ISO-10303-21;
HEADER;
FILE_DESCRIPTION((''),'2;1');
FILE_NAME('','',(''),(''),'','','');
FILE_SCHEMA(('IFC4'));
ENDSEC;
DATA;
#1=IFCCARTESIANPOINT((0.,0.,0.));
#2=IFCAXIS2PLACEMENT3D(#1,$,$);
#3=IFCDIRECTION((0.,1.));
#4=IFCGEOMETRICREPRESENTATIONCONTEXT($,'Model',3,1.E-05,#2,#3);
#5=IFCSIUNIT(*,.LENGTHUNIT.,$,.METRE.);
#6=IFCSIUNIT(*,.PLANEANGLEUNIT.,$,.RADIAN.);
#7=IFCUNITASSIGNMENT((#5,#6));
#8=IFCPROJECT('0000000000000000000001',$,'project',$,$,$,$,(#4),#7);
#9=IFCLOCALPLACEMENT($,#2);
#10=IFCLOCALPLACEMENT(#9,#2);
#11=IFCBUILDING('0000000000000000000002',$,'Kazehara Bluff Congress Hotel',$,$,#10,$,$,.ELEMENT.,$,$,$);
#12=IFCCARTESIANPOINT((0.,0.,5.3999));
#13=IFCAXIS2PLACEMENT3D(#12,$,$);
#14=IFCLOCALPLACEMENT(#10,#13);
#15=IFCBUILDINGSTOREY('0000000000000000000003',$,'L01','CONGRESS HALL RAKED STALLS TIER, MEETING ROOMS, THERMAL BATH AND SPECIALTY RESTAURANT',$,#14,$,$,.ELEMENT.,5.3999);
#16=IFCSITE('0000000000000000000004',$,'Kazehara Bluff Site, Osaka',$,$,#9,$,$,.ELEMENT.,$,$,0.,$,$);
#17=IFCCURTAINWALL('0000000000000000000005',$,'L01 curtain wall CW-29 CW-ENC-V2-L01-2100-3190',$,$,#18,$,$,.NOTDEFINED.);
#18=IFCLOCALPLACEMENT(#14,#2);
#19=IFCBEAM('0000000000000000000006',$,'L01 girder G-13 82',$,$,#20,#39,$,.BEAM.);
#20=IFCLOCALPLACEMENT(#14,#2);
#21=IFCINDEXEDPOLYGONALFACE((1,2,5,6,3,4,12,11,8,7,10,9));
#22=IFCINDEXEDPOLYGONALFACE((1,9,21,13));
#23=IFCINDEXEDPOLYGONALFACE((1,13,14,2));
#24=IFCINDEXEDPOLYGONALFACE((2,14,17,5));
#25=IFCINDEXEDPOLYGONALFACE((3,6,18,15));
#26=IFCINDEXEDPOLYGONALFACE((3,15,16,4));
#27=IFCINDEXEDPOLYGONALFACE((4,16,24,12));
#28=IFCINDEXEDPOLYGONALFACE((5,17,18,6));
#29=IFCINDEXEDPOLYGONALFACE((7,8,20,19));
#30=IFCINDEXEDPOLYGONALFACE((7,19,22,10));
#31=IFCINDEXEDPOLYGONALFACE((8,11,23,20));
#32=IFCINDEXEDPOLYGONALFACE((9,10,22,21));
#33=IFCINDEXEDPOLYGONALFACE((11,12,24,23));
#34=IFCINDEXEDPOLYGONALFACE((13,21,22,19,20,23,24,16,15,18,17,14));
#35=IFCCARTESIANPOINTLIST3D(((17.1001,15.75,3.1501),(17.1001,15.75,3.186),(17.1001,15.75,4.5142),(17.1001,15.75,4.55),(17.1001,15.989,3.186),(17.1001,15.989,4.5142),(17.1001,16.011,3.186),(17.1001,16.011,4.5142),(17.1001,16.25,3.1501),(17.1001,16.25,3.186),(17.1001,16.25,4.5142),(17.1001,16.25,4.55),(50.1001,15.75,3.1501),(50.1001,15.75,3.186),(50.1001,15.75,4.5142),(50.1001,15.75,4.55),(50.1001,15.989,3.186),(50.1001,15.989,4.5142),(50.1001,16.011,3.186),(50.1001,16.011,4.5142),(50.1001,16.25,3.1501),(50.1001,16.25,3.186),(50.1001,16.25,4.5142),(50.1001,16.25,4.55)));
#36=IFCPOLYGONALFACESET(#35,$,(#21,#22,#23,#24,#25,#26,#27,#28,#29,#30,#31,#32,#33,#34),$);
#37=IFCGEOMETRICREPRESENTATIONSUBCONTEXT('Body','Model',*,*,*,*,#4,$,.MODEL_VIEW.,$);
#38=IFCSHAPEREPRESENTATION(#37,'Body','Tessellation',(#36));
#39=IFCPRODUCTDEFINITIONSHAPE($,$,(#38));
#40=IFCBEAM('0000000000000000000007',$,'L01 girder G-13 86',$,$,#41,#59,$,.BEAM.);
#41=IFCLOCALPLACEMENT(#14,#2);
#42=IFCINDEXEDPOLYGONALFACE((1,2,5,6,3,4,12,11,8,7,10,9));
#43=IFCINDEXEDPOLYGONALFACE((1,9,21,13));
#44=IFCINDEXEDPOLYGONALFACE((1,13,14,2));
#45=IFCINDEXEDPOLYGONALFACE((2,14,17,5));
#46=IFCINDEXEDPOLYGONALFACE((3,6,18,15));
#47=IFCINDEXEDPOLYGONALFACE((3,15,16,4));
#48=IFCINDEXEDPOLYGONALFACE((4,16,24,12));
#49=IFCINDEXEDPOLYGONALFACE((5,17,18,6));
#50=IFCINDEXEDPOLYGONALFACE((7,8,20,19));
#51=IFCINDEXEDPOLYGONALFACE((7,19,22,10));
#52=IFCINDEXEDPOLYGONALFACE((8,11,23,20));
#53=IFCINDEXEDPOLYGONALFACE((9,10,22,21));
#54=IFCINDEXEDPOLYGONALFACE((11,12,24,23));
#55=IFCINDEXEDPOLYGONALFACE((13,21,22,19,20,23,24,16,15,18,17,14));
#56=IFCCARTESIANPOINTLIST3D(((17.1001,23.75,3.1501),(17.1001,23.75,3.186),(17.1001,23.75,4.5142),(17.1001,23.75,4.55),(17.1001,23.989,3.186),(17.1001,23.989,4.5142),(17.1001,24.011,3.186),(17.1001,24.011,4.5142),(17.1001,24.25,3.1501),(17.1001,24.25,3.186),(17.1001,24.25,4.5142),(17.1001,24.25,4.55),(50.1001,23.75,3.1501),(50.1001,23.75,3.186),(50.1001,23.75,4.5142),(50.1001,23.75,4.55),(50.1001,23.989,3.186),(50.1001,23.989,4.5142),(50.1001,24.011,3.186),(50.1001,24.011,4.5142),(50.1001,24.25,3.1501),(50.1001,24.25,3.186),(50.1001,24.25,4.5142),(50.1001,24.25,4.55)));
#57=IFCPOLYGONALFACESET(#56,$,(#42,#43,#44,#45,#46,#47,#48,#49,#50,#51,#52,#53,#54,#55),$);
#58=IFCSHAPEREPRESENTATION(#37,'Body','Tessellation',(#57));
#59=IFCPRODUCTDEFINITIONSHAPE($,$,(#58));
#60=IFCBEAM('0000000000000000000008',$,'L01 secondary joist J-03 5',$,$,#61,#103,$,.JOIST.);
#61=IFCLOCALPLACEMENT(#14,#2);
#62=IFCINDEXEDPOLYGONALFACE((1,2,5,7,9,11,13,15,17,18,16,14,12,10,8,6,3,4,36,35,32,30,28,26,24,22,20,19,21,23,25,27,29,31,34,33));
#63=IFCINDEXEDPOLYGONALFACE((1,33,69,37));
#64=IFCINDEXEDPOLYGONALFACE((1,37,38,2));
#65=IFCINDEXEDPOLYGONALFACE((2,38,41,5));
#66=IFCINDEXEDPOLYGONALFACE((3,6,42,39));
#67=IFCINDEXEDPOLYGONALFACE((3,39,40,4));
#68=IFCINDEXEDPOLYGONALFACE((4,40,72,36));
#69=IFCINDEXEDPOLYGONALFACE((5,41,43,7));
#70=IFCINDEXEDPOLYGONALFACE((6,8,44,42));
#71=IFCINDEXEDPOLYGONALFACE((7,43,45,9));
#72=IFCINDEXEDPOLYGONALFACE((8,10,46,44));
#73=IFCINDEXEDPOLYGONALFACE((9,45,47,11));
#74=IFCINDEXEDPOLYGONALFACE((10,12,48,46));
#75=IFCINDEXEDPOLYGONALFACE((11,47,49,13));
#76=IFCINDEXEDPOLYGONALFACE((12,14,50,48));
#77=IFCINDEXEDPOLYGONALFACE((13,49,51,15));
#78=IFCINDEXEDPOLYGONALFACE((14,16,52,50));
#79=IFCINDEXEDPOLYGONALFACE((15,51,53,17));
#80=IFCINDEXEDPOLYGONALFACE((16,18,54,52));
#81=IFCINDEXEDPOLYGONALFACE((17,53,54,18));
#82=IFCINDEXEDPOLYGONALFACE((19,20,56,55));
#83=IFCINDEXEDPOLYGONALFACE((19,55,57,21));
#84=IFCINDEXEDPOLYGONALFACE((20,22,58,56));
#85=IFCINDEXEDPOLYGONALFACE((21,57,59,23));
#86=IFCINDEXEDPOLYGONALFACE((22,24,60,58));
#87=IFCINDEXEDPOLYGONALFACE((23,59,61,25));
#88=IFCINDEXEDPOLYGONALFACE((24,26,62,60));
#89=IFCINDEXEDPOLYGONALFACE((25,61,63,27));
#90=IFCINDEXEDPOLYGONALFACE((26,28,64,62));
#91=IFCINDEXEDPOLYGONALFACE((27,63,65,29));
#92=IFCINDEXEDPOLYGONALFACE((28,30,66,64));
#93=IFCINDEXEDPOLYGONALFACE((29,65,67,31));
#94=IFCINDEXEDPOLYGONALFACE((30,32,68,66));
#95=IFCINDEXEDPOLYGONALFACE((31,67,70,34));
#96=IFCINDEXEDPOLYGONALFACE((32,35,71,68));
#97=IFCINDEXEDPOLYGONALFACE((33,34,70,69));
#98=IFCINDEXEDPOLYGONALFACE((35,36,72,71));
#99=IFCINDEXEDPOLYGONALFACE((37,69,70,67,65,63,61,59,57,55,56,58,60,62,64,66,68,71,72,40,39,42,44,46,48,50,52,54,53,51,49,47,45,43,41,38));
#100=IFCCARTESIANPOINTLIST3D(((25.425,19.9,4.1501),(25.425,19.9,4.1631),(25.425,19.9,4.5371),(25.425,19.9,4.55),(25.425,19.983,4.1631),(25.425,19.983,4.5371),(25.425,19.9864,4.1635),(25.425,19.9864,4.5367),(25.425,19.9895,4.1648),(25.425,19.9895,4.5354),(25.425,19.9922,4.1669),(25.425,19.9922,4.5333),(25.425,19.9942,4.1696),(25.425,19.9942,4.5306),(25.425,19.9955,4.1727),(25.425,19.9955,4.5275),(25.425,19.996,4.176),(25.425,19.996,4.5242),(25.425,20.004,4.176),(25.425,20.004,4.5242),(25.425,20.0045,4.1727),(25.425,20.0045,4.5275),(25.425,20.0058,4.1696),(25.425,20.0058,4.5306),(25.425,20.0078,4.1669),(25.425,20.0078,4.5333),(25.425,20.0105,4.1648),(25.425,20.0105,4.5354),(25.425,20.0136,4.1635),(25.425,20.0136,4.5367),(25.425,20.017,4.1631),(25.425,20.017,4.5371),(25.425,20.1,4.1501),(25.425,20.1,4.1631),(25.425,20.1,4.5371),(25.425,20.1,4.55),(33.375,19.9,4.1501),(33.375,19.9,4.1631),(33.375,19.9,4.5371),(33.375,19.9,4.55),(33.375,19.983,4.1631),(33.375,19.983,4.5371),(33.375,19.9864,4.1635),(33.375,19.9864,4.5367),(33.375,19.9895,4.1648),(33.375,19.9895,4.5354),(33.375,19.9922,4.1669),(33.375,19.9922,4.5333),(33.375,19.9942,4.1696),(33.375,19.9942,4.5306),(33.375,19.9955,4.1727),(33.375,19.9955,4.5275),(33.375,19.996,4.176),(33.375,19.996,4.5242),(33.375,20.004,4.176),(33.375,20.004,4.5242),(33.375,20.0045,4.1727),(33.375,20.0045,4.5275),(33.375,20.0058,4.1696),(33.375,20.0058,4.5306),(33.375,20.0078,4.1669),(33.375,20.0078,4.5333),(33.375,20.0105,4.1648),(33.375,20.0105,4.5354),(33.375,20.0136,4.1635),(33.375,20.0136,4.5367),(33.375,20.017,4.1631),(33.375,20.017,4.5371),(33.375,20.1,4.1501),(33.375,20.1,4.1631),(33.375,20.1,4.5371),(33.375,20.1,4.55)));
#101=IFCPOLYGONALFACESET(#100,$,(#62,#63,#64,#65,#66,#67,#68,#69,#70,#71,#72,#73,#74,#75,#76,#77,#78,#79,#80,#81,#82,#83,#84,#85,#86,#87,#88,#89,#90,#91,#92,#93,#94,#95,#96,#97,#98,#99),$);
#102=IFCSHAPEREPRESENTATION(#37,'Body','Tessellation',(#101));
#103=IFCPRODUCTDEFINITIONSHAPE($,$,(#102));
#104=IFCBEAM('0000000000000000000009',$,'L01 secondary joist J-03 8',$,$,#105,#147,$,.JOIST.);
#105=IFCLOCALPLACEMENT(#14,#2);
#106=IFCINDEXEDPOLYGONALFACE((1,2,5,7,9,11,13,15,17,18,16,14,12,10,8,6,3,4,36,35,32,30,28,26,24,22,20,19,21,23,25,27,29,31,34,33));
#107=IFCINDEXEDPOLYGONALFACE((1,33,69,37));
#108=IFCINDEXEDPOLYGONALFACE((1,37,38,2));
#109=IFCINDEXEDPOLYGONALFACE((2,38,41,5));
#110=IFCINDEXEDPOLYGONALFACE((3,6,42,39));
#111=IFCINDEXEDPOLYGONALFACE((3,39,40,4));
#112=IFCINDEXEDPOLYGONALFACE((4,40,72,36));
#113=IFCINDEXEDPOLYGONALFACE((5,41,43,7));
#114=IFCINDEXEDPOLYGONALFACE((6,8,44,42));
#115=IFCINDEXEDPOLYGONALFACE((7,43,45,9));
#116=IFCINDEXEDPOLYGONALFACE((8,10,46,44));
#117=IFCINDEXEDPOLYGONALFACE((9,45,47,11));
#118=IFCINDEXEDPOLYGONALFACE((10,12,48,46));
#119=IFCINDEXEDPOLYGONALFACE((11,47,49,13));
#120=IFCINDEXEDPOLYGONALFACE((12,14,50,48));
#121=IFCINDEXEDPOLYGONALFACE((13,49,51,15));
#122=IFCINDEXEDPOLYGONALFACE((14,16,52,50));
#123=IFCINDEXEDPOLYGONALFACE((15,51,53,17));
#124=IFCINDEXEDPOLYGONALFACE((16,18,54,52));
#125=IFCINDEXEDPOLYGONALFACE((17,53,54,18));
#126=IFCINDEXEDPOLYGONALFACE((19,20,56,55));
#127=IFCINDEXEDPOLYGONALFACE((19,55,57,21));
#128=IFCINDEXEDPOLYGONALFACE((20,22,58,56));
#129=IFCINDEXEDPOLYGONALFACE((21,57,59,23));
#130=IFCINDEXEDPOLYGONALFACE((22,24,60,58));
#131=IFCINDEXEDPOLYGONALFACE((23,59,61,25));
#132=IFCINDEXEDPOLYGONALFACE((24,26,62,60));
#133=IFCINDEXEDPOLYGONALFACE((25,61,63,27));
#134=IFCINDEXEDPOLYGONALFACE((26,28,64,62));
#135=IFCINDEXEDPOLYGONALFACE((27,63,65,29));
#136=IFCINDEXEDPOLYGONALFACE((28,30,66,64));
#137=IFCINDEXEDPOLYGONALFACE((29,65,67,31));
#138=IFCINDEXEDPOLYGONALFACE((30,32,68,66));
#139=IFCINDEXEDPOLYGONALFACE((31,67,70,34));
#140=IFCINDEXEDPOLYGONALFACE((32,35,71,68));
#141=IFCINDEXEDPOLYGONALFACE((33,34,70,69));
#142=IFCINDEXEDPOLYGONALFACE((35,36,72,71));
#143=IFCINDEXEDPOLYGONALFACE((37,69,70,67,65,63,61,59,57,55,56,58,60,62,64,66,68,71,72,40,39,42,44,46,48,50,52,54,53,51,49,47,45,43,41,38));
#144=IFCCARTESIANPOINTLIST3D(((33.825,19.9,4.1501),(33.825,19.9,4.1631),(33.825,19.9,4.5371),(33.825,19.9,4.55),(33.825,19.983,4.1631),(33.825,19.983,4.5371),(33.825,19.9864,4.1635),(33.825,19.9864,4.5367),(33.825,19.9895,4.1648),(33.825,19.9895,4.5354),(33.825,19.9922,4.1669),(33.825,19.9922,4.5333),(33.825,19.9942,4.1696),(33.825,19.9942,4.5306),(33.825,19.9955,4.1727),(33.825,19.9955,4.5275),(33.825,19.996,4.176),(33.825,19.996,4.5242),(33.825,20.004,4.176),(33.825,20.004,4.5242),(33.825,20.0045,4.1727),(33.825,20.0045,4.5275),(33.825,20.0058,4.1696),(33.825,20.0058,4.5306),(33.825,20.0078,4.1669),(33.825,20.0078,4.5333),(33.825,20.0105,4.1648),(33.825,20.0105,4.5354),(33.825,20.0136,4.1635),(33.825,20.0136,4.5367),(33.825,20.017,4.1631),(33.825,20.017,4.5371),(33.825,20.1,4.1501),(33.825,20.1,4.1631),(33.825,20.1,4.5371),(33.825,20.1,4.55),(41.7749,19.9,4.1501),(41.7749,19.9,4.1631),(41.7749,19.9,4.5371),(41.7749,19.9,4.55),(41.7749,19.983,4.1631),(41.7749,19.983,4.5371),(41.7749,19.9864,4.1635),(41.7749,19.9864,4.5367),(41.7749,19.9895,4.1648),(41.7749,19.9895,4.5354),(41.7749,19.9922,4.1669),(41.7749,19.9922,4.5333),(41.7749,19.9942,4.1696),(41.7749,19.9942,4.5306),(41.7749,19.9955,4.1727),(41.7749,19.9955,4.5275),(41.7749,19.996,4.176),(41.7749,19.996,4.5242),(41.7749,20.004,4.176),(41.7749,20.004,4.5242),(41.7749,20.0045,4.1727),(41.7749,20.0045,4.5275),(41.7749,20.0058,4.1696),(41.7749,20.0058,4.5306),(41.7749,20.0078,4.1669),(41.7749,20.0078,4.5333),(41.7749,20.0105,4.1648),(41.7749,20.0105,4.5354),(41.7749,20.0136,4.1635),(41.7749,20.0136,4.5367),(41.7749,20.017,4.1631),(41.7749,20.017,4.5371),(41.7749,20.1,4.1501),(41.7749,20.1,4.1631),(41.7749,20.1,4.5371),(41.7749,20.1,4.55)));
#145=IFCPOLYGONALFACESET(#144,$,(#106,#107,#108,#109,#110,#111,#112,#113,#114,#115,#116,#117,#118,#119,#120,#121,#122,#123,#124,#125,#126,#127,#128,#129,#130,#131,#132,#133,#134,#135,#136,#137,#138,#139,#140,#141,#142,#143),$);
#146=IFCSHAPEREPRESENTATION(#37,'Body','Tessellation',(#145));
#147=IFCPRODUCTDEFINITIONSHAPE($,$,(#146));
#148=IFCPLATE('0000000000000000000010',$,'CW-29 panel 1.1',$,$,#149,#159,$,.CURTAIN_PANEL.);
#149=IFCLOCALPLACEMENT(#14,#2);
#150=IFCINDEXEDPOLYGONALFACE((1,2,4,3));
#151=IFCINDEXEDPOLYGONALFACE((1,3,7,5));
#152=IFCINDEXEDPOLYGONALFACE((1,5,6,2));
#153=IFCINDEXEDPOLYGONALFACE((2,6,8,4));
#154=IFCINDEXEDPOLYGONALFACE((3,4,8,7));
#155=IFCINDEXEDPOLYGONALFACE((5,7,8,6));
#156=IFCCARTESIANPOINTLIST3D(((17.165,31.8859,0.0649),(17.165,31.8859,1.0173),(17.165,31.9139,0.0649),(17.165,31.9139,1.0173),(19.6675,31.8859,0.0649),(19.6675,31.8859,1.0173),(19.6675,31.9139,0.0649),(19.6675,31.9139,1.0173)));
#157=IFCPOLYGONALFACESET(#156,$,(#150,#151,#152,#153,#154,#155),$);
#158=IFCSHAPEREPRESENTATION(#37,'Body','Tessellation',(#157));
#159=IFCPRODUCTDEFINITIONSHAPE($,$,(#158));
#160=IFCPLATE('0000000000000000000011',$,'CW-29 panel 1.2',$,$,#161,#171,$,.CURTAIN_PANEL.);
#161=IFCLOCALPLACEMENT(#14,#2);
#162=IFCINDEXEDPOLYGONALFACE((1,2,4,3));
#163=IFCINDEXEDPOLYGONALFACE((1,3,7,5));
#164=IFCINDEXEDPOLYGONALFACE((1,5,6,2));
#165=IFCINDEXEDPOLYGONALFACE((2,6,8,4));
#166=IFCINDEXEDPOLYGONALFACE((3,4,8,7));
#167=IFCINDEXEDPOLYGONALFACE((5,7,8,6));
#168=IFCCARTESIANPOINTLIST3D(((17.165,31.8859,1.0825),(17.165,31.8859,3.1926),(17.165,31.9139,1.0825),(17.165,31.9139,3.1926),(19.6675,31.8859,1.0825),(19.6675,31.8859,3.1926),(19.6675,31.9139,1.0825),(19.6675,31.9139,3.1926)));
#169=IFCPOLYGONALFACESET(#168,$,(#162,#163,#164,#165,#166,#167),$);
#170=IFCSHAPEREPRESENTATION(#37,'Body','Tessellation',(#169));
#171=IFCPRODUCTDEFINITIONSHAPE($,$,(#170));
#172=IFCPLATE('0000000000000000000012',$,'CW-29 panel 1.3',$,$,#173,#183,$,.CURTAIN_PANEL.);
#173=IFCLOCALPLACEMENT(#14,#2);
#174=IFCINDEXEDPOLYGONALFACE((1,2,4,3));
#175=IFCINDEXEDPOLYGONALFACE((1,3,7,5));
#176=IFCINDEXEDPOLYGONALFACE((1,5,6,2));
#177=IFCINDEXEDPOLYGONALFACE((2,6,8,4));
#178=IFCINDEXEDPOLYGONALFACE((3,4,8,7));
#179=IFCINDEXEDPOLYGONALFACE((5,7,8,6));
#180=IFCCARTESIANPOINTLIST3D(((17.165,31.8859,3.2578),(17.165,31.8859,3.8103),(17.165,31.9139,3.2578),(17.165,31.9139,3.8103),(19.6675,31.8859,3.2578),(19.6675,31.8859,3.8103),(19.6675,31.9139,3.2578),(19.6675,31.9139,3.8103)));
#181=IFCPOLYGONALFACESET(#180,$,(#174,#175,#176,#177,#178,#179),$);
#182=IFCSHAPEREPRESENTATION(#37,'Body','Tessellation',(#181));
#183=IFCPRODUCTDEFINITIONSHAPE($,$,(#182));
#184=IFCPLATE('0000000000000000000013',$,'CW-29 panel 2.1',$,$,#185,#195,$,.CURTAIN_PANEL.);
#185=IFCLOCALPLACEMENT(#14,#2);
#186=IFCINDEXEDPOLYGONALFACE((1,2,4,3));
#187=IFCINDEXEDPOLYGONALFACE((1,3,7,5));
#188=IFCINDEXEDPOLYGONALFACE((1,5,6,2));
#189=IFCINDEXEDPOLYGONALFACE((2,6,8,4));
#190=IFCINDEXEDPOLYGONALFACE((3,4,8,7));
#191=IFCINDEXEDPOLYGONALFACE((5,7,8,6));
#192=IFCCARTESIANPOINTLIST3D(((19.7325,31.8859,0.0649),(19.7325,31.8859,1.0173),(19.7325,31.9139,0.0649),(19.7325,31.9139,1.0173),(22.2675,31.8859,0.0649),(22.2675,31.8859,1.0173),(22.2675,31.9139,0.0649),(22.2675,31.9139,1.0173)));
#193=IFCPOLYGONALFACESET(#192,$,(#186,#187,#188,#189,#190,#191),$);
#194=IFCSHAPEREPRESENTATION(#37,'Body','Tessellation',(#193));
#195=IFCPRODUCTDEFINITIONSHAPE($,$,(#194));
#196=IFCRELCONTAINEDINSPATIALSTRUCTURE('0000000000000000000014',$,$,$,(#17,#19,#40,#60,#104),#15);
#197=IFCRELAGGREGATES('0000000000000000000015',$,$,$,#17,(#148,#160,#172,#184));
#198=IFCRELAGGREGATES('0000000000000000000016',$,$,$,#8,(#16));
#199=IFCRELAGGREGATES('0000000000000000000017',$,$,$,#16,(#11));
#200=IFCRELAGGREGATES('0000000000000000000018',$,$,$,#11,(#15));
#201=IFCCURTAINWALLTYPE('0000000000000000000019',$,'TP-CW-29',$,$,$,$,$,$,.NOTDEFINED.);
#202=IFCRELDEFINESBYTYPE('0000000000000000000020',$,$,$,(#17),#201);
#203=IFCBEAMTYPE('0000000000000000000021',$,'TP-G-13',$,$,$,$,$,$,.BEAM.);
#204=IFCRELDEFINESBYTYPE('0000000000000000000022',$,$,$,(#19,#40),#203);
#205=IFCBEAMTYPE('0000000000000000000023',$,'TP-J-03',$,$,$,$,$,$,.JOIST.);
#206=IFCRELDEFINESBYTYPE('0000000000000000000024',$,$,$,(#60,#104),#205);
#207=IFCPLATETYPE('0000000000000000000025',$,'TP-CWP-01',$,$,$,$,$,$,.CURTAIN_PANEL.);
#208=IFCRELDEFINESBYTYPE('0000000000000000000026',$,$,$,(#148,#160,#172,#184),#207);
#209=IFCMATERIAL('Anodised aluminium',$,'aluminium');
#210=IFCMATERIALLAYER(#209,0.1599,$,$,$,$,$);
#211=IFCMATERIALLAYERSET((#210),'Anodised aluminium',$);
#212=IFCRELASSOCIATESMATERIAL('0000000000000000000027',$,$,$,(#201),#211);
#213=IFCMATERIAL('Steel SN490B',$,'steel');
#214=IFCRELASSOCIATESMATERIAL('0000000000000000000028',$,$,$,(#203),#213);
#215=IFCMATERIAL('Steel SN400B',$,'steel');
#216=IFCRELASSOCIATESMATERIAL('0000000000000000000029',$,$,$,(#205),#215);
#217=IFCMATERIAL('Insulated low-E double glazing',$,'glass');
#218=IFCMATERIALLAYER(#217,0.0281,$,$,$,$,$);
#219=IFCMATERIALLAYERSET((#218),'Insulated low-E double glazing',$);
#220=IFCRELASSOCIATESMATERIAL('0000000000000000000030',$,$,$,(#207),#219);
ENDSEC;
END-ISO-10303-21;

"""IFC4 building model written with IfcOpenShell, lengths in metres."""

from ifc_helpers import new_model, si_unit, direction, frame, origin, origin_2d, place, context, subcontext, project, spatial, rectangle, i_section, extrude, material, layer, layer_set, material_profile, profile_set, type_object, element, aggregate, save


model = new_model("IFC4")

# Units and contexts
model_context = context("Model", 3, precision=1e-05, world=origin(), true_north=direction((0.0, 1.0)))
body_context = subcontext(model_context, "Body", "Model", "MODEL_VIEW")
ifc_project = project(units=[si_unit("LENGTHUNIT", "METRE"), si_unit("PLANEANGLEUNIT", "RADIAN")], contexts=[model_context])

# Site, building, storey
site_placement = place(None, origin())
site = spatial("IfcSite", under=ifc_project, at=site_placement, Name="Kazehara Bluff Site, Osaka", CompositionType="ELEMENT", RefElevation=0.0)
building_placement = place(site_placement, origin())
building = spatial("IfcBuilding", under=site, at=building_placement, Name="Kazehara Bluff Congress Hotel", CompositionType="ELEMENT")
storey_placement = place(building_placement, frame((0.0, 0.0, 5.3999)))
storey = spatial("IfcBuildingStorey", under=building, at=storey_placement, Name="L01", Description="CONGRESS HALL RAKED STALLS TIER, MEETING ROOMS, THERMAL BATH AND SPECIALTY RESTAURANT", CompositionType="ELEMENT", Elevation=5.3999)

# Curtain wall
ifc_material_1 = material(Name="Anodised aluminium", Category="aluminium")
ifc_layer_1 = layer(ifc_material_1, 0.1599)
ifc_layer_set_1 = layer_set([ifc_layer_1], Name="Anodised aluminium")
curtain_wall_type = type_object("IfcCurtainWallType", Name="TP-CW-29", PredefinedType="NOTDEFINED", material=ifc_layer_set_1)
curtain_wall_placement = place(storey_placement, origin())
curtain_wall = element("IfcCurtainWall", 1, at=curtain_wall_placement, inside=storey, type_object=curtain_wall_type, Name="L01 curtain wall CW-29 CW-ENC-V2-L01-2100-3190", PredefinedType="NOTDEFINED")

# Beams
ifc_material_2 = material(Name="Steel SN490B", Category="steel")
ifc_material_profile_1 = material_profile(ifc_material_2, i_section(OverallWidth=0.5, OverallDepth=1.3999, WebThickness=0.022, FlangeThickness=0.0359, at=origin_2d()))
ifc_profile_set_1 = profile_set([ifc_material_profile_1], Name="Steel SN490B")
beam_type_1 = type_object("IfcBeamType", Name="TP-G-13", PredefinedType="BEAM", material=ifc_profile_set_1)
for number, where, z_axis, x_axis, name in (
    (2, (17.1001, 16.0, 3.8501), (1.0, 0.0, 0.0), (0.0, 1.0, 0.0), "L01 girder G-13 82"),
    (3, (17.1001, 24.0, 3.8501), (1.0, 0.0, 0.0), (0.0, 1.0, 0.0), "L01 girder G-13 86"),
):
    element("IfcBeam", number, at=place(storey_placement, frame(where, z_axis=z_axis, x_axis=x_axis)), inside=storey, type_object=beam_type_1, Name=name, PredefinedType="BEAM", context=body_context, shape_type="SweptSolid", body=[
        extrude(i_section(OverallWidth=0.5, OverallDepth=1.3999, WebThickness=0.022, FlangeThickness=0.0359, at=origin_2d()), origin(), (0.0, 0.0, 1.0), 33.0),
    ])
ifc_material_3 = material(Name="Steel SN400B", Category="steel")
ifc_material_profile_2 = material_profile(ifc_material_3, i_section(OverallWidth=0.2, OverallDepth=0.3999, WebThickness=0.0081, FlangeThickness=0.0129, FilletRadius=0.0129, at=origin_2d()))
ifc_profile_set_2 = profile_set([ifc_material_profile_2], Name="Steel SN400B")
beam_type_2 = type_object("IfcBeamType", Name="TP-J-03", PredefinedType="JOIST", material=ifc_profile_set_2)
for number, where, z_axis, x_axis, name in (
    (4, (25.425, 20.0, 4.3501), (1.0, 0.0, 0.0), (0.0, 1.0, 0.0), "L01 secondary joist J-03 5"),
    (5, (33.825, 20.0, 4.3501), (1.0, 0.0, 0.0), (0.0, 1.0, 0.0), "L01 secondary joist J-03 8"),
):
    element("IfcBeam", number, at=place(storey_placement, frame(where, z_axis=z_axis, x_axis=x_axis)), inside=storey, type_object=beam_type_2, Name=name, PredefinedType="JOIST", context=body_context, shape_type="SweptSolid", body=[
        extrude(i_section(OverallWidth=0.2, OverallDepth=0.3999, WebThickness=0.0081, FlangeThickness=0.0129, FilletRadius=0.0129, at=origin_2d()), origin(), (0.0, 0.0, 1.0), 7.95),
    ])

# Plates
ifc_material_4 = material(Name="Insulated low-E double glazing", Category="glass")
ifc_layer_2 = layer(ifc_material_4, 0.0281)
ifc_layer_set_2 = layer_set([ifc_layer_2], Name="Insulated low-E double glazing")
plate_type = type_object("IfcPlateType", Name="TP-CWP-01", PredefinedType="CURTAIN_PANEL", material=ifc_layer_set_2)
plate_1_placement = place(storey_placement, frame((18.4163, 31.8999, 0.0649), z_axis=(0.0, 0.0, 1.0), x_axis=(1.0, 0.0, 0.0)))
plate_1 = element("IfcPlate", 6, at=plate_1_placement, type_object=plate_type, Name="CW-29 panel 1.1", PredefinedType="CURTAIN_PANEL", context=body_context, shape_type="SweptSolid", body=[
    extrude(rectangle(XDim=2.5024, YDim=0.0281, at=origin_2d()), origin(), (0.0, 0.0, 1.0), 0.9524),
])
plate_2_placement = place(storey_placement, frame((18.4163, 31.8999, 1.0825), z_axis=(0.0, 0.0, 1.0), x_axis=(1.0, 0.0, 0.0)))
plate_2 = element("IfcPlate", 7, at=plate_2_placement, type_object=plate_type, Name="CW-29 panel 1.2", PredefinedType="CURTAIN_PANEL", context=body_context, shape_type="SweptSolid", body=[
    extrude(rectangle(XDim=2.5024, YDim=0.0281, at=origin_2d()), origin(), (0.0, 0.0, 1.0), 2.1101),
])
plate_3_placement = place(storey_placement, frame((18.4163, 31.8999, 3.2578), z_axis=(0.0, 0.0, 1.0), x_axis=(1.0, 0.0, 0.0)))
plate_3 = element("IfcPlate", 8, at=plate_3_placement, type_object=plate_type, Name="CW-29 panel 1.3", PredefinedType="CURTAIN_PANEL", context=body_context, shape_type="SweptSolid", body=[
    extrude(rectangle(XDim=2.5024, YDim=0.0281, at=origin_2d()), origin(), (0.0, 0.0, 1.0), 0.5525),
])
plate_4_placement = place(storey_placement, frame((21.0, 31.8999, 0.0649), z_axis=(0.0, 0.0, 1.0), x_axis=(1.0, 0.0, 0.0)))
plate_4 = element("IfcPlate", 9, at=plate_4_placement, type_object=plate_type, Name="CW-29 panel 2.1", PredefinedType="CURTAIN_PANEL", context=body_context, shape_type="SweptSolid", body=[
    extrude(rectangle(XDim=2.5349, YDim=0.0281, at=origin_2d()), origin(), (0.0, 0.0, 1.0), 0.9524),
])
aggregate(curtain_wall, [plate_1, plate_2, plate_3, plate_4])

save(model, "model.ifc")
